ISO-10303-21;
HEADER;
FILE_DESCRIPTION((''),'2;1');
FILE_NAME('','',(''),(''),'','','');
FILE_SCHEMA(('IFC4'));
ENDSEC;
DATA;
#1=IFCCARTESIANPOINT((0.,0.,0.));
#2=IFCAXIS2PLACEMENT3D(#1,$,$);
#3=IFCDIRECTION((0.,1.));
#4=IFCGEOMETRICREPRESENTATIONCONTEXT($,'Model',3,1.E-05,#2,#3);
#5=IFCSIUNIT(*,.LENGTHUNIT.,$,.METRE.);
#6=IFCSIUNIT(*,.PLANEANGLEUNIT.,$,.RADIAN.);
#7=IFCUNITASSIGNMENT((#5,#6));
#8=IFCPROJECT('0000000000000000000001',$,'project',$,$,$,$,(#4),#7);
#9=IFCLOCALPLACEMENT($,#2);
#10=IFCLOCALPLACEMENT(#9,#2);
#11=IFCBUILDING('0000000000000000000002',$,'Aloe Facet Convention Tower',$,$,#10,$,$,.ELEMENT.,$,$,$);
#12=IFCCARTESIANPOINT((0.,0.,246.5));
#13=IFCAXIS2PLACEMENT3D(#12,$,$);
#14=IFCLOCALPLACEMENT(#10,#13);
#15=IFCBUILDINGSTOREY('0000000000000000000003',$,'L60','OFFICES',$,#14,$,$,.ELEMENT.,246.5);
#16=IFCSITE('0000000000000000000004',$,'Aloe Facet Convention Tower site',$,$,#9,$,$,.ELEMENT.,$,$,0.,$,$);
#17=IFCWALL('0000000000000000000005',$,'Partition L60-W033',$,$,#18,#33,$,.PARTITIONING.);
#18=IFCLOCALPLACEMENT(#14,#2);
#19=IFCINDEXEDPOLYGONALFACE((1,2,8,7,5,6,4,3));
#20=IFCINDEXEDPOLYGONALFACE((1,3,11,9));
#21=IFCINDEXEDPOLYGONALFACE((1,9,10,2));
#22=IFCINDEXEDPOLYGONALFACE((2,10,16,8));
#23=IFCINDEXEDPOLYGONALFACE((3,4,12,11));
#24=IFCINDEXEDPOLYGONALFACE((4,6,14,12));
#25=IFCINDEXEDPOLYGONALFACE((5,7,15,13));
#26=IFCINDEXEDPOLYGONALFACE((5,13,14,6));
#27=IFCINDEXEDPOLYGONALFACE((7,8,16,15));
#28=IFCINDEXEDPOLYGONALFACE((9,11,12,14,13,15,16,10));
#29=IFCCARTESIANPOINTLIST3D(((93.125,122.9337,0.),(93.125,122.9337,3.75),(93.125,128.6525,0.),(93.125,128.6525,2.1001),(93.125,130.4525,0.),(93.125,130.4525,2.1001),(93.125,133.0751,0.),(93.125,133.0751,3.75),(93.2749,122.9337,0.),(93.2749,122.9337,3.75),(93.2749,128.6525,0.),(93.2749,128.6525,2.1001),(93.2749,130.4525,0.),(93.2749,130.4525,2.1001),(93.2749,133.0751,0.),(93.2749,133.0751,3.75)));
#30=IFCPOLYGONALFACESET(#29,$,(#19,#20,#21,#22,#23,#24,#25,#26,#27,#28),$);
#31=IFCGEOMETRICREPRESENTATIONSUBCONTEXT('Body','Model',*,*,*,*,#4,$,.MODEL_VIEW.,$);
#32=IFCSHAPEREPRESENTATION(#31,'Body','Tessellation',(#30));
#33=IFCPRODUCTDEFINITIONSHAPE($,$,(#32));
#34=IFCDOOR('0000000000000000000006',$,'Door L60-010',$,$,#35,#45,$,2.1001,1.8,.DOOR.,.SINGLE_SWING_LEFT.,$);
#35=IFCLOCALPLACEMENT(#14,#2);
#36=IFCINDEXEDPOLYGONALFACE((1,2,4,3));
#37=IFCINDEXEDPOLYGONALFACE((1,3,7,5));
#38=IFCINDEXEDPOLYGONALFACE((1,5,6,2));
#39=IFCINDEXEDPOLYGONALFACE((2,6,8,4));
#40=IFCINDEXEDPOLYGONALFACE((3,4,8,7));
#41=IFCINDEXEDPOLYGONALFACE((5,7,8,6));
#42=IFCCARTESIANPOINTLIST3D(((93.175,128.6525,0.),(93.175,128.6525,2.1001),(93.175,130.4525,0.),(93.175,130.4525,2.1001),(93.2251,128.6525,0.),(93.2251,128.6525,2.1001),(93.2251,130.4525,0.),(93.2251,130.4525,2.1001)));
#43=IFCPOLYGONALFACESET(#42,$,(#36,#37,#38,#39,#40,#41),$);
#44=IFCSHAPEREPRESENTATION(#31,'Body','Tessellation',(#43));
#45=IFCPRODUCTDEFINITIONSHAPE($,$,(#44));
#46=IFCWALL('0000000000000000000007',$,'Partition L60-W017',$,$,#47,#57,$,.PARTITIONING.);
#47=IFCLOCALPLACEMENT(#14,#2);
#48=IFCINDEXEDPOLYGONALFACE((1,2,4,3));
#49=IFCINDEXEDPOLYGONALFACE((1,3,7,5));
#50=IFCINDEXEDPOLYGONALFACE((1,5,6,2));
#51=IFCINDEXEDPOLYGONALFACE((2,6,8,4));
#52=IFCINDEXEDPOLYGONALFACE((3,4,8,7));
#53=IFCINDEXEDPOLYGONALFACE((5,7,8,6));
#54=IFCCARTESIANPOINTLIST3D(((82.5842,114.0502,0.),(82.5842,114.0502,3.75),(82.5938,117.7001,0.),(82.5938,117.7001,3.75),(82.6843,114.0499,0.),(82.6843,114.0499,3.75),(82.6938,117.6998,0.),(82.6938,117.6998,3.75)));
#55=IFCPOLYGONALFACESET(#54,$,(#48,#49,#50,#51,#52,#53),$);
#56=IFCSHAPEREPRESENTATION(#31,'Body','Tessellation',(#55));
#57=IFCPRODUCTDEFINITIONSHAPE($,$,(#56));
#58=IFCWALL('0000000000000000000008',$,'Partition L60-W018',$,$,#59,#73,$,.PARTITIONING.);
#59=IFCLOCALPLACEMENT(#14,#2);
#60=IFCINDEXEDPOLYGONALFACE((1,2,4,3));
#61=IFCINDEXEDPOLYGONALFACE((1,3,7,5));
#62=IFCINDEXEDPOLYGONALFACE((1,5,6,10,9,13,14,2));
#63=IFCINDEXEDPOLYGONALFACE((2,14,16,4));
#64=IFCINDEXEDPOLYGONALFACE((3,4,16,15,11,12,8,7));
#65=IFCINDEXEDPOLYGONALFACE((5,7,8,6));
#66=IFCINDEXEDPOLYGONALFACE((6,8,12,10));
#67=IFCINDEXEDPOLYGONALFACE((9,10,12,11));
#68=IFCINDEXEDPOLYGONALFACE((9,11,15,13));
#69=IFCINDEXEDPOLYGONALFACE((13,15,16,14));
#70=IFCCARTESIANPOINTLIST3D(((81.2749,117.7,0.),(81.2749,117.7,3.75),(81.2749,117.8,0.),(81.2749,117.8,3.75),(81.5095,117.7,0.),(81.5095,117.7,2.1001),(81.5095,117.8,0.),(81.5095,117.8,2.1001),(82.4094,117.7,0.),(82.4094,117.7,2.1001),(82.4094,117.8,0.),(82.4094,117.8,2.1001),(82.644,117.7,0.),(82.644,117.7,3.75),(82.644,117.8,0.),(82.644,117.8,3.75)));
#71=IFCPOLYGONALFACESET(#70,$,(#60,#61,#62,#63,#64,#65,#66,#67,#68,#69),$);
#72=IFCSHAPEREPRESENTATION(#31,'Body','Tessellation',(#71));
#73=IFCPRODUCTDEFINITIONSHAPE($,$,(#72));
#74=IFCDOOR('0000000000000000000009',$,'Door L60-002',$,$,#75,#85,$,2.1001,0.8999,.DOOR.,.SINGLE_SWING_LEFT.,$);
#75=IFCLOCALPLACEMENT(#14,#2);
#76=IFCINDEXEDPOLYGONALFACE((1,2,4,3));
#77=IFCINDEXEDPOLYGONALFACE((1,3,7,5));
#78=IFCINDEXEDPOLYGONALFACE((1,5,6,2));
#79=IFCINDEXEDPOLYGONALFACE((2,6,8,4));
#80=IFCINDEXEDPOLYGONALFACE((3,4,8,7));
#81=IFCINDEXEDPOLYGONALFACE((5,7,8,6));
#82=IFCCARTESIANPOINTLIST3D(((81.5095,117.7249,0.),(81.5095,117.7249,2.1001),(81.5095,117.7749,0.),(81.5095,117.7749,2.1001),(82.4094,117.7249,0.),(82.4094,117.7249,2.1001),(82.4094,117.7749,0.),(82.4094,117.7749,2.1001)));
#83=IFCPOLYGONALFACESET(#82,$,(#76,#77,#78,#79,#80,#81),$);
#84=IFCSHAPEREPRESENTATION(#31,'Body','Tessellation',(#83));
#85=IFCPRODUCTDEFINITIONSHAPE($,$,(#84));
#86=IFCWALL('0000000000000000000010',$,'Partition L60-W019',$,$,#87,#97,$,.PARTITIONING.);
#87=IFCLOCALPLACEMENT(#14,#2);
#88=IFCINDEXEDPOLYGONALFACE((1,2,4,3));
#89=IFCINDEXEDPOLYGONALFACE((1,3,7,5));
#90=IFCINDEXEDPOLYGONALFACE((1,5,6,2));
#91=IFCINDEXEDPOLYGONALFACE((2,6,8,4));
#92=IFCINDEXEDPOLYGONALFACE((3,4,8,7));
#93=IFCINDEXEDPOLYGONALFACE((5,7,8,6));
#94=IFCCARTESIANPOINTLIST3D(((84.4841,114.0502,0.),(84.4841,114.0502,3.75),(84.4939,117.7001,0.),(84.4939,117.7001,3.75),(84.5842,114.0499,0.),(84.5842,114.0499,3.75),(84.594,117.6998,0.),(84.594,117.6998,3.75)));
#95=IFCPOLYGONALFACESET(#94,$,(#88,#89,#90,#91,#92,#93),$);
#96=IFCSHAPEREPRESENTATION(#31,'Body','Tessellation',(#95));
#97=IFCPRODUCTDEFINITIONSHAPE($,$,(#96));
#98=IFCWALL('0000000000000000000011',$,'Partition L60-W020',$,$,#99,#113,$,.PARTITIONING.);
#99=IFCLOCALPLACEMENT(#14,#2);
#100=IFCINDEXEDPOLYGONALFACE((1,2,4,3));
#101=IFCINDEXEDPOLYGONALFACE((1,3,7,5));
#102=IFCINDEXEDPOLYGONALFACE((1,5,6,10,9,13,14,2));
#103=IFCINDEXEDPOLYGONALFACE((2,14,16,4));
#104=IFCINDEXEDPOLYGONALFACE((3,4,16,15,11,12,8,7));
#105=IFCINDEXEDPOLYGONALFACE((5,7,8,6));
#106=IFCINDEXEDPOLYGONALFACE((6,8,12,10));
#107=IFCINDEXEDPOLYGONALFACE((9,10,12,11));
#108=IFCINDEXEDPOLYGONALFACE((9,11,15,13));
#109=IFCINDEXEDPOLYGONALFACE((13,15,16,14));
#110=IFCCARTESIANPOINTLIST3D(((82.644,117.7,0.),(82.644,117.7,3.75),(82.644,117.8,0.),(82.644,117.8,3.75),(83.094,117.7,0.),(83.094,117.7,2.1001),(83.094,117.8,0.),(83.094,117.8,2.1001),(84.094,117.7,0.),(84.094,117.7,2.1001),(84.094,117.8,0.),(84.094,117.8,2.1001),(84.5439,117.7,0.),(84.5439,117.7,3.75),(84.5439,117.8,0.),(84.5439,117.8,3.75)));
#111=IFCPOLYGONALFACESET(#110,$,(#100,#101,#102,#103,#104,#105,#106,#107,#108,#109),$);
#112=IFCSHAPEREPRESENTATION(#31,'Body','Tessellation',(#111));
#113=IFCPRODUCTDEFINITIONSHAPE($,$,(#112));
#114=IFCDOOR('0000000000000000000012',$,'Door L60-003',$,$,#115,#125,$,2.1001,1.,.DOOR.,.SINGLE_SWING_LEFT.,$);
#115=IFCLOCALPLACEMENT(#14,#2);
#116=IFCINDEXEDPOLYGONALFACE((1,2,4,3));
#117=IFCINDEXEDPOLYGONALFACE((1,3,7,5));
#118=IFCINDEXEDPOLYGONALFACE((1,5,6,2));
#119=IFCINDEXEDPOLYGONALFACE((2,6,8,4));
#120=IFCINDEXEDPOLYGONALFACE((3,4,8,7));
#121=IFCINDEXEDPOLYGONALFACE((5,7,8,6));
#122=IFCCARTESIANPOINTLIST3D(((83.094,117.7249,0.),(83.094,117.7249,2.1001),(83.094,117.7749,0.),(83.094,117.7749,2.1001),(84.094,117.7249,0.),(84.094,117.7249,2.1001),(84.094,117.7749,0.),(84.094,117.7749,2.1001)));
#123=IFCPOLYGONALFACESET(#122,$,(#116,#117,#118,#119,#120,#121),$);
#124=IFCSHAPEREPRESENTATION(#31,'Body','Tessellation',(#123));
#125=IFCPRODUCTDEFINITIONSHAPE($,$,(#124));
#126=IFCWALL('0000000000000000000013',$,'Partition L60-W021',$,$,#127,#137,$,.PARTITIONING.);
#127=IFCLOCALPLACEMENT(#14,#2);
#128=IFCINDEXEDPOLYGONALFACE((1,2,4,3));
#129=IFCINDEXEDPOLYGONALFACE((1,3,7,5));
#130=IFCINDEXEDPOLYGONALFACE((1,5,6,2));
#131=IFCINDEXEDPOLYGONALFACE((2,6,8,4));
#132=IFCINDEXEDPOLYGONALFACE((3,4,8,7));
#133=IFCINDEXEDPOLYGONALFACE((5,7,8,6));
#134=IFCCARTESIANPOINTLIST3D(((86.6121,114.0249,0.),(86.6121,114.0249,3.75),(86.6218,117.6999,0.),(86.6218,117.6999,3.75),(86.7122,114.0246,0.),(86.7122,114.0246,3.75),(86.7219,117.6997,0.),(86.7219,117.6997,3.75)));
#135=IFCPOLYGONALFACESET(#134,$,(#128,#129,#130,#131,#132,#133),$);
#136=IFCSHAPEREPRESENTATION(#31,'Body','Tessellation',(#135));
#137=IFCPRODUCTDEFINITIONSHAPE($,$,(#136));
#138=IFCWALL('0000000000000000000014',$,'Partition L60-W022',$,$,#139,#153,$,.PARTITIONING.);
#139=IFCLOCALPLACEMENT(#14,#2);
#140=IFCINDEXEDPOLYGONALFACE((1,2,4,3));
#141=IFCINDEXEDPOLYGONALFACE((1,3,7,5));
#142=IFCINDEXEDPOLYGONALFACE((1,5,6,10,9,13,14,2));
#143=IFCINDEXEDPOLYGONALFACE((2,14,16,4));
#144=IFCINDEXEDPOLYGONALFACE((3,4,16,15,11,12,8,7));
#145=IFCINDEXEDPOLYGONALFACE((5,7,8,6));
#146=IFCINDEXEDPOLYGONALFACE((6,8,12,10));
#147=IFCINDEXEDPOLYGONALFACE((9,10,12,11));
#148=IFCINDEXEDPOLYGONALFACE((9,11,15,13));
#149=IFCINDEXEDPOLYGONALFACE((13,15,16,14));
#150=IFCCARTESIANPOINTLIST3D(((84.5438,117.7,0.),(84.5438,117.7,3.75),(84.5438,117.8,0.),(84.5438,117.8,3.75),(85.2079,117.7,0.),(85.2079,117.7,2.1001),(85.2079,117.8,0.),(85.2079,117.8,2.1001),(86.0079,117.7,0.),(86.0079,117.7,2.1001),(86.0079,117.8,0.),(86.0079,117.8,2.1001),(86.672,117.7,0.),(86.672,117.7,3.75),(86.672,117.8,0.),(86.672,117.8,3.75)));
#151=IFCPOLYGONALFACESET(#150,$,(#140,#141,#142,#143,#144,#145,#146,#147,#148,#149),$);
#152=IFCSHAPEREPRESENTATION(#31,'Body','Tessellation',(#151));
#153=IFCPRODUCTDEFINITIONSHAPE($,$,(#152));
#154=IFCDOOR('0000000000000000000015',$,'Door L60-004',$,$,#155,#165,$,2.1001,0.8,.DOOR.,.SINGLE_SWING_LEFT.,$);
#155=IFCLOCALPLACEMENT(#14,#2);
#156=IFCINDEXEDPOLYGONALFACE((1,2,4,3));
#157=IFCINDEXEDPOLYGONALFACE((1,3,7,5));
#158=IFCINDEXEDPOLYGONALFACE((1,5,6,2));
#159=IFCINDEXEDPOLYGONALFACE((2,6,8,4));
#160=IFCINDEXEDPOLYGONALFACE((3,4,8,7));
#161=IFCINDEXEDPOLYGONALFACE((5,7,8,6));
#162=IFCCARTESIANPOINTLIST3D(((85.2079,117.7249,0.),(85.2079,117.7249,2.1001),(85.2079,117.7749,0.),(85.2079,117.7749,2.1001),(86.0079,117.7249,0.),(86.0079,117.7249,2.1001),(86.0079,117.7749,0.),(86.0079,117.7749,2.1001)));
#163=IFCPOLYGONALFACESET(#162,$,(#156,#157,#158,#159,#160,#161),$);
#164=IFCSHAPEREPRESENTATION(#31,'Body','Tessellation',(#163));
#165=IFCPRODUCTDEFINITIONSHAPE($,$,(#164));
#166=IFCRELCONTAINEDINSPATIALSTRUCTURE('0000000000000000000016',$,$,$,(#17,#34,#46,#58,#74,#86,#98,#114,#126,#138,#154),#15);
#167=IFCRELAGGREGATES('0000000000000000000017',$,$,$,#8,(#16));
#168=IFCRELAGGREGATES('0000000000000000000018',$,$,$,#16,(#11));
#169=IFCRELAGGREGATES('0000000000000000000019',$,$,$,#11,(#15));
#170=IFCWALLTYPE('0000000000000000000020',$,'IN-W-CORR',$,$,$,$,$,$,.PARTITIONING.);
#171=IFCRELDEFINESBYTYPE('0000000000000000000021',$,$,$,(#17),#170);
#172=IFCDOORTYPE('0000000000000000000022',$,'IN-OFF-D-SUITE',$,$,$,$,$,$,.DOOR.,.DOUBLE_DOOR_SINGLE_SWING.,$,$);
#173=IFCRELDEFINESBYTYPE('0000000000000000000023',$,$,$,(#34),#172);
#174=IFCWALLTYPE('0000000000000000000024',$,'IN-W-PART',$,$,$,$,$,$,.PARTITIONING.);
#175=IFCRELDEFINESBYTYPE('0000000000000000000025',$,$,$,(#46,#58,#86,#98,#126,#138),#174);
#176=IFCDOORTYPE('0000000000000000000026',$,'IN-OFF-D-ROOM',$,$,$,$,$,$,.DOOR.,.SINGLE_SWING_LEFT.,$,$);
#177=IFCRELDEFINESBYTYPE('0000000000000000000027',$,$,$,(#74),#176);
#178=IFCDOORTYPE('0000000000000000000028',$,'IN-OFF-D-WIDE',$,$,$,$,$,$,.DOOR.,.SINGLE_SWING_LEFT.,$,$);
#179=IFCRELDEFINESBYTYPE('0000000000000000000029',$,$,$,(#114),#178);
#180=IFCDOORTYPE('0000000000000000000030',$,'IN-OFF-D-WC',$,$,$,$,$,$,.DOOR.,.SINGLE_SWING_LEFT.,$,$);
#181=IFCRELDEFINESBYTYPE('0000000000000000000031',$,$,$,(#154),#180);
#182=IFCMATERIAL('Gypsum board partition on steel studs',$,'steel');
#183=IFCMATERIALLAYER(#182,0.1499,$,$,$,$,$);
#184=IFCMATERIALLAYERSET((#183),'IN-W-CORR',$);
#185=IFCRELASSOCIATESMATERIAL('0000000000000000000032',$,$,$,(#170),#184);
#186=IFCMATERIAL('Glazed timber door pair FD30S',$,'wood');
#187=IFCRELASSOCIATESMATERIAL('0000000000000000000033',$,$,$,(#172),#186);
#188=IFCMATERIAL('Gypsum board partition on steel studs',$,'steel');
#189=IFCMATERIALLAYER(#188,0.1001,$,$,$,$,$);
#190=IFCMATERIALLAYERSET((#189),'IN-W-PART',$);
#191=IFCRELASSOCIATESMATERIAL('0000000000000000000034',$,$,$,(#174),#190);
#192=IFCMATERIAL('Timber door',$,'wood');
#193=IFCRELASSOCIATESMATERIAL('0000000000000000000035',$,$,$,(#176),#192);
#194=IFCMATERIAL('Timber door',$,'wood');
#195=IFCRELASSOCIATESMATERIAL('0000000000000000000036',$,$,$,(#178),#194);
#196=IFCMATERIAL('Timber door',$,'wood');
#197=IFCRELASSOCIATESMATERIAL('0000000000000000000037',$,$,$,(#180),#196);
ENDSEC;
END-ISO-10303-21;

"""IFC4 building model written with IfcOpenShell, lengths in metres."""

from ifc_helpers import new_model, si_unit, direction, frame, frame_2d, origin, place, context, subcontext, project, spatial, rectangle, extrude, material, layer, layer_set, type_object, element, fill, save


model = new_model("IFC4")

# Units and contexts
model_context = context("Model", 3, precision=1e-05, world=origin(), true_north=direction((0.0, 1.0)))
body_context = subcontext(model_context, "Body", "Model", "MODEL_VIEW")
ifc_project = project(units=[si_unit("LENGTHUNIT", "METRE"), si_unit("PLANEANGLEUNIT", "RADIAN")], contexts=[model_context])

# Site, building, storey
site_placement = place(None, origin())
site = spatial("IfcSite", under=ifc_project, at=site_placement, Name="Aloe Facet Convention Tower site", CompositionType="ELEMENT", RefElevation=0.0)
building_placement = place(site_placement, origin())
building = spatial("IfcBuilding", under=site, at=building_placement, Name="Aloe Facet Convention Tower", CompositionType="ELEMENT")
storey_placement = place(building_placement, frame((0.0, 0.0, 246.5)))
storey = spatial("IfcBuildingStorey", under=building, at=storey_placement, Name="L60", Description="OFFICES", CompositionType="ELEMENT", Elevation=246.5)

# Shared definitions
ifc_material_1 = material(Name="Gypsum board partition on steel studs", Category="steel")
ifc_layer_1 = layer(ifc_material_1, 0.1499)
ifc_layer_set_1 = layer_set([ifc_layer_1], Name="IN-W-CORR")
wall_type_1 = type_object("IfcWallType", Name="IN-W-CORR", PredefinedType="PARTITIONING", material=ifc_layer_set_1)

# Wall, opening, door
wall_1_placement = place(storey_placement, frame((93.2, 122.9336, 0.0), z_axis=(0.0, 0.0, 1.0), x_axis=(0.0, 1.0, 0.0)))
wall_1 = element("IfcWall", 1, at=wall_1_placement, inside=storey, type_object=wall_type_1, Name="Partition L60-W033", PredefinedType="PARTITIONING", context=body_context, shape_type="SweptSolid", body=[
    extrude(rectangle(XDim=10.1414, YDim=0.1499, at=frame_2d((5.0708, 0.0))), origin(), (0.0, 0.0, 1.0), 3.75),
])
opening_1_placement = place(wall_1_placement, frame((5.719, 0.0, 0.0)))
opening_1 = element("IfcOpeningElement", 2, at=opening_1_placement, cuts=wall_1, PredefinedType="OPENING", context=body_context, shape_type="SweptSolid", body=[
    extrude(rectangle(XDim=1.8, YDim=2.1001, at=frame_2d((0.8999, 1.05))), frame((0.0, 0.085, 0.0), z_axis=(0.0, -1.0, 0.0), x_axis=(1.0, 0.0, 0.0)), (0.0, 0.0, 1.0), 0.1699),
])
ifc_material_2 = material(Name="Glazed timber door pair FD30S", Category="wood")
door_type_1 = type_object("IfcDoorType", Name="IN-OFF-D-SUITE", OperationType="DOUBLE_DOOR_SINGLE_SWING", PredefinedType="DOOR", material=ifc_material_2)
door_1_placement = place(opening_1_placement, origin())
door_1 = element("IfcDoor", 3, at=door_1_placement, inside=storey, type_object=door_type_1, Name="Door L60-010", OperationType="SINGLE_SWING_LEFT", OverallHeight=2.1001, OverallWidth=1.8, PredefinedType="DOOR", context=body_context, shape_type="SweptSolid", body=[
    extrude(rectangle(XDim=1.8, YDim=2.1001, at=frame_2d((0.8999, 1.05))), frame((0.0, 0.0249, 0.0), z_axis=(0.0, -1.0, 0.0), x_axis=(1.0, 0.0, 0.0)), (0.0, 0.0, 1.0), 0.05),
])
fill(opening_1, door_1)

# Wall
ifc_material_3 = material(Name="Gypsum board partition on steel studs", Category="steel")
ifc_layer_2 = layer(ifc_material_3, 0.1001)
ifc_layer_set_2 = layer_set([ifc_layer_2], Name="IN-W-PART")
wall_type_2 = type_object("IfcWallType", Name="IN-W-PART", PredefinedType="PARTITIONING", material=ifc_layer_set_2)
wall_2_placement = place(storey_placement, frame((82.6343, 114.05, 0.0), z_axis=(0.0, 0.0, 1.0), x_axis=(0.002609, 0.999997, 0.0)))
element("IfcWall", 4, at=wall_2_placement, inside=storey, type_object=wall_type_2, Name="Partition L60-W017", PredefinedType="PARTITIONING", context=body_context, shape_type="SweptSolid", body=[
    extrude(rectangle(XDim=3.6499, YDim=0.1001, at=frame_2d((1.825, 0.0))), origin(), (0.0, 0.0, 1.0), 3.75),
])

# Wall, opening, door
wall_3_placement = place(storey_placement, frame((81.2749, 117.75, 0.0), z_axis=(0.0, 0.0, 1.0), x_axis=(1.0, 0.0, 0.0)))
wall_3 = element("IfcWall", 5, at=wall_3_placement, inside=storey, type_object=wall_type_2, Name="Partition L60-W018", PredefinedType="PARTITIONING", context=body_context, shape_type="SweptSolid", body=[
    extrude(rectangle(XDim=1.3691, YDim=0.1001, at=frame_2d((0.6846, 0.0))), origin(), (0.0, 0.0, 1.0), 3.75),
])
opening_2_placement = place(wall_3_placement, frame((0.2346, 0.0, 0.0)))
opening_2 = element("IfcOpeningElement", 6, at=opening_2_placement, cuts=wall_3, PredefinedType="OPENING", context=body_context, shape_type="SweptSolid", body=[
    extrude(rectangle(XDim=0.8999, YDim=2.1001, at=frame_2d((0.45, 1.05))), frame((0.0, 0.0601, 0.0), z_axis=(0.0, -1.0, 0.0), x_axis=(1.0, 0.0, 0.0)), (0.0, 0.0, 1.0), 0.1201),
])
ifc_material_4 = material(Name="Timber door", Category="wood")
door_type_2 = type_object("IfcDoorType", Name="IN-OFF-D-ROOM", OperationType="SINGLE_SWING_LEFT", PredefinedType="DOOR", material=ifc_material_4)
door_2_placement = place(opening_2_placement, origin())
door_2 = element("IfcDoor", 7, at=door_2_placement, inside=storey, type_object=door_type_2, Name="Door L60-002", OperationType="SINGLE_SWING_LEFT", OverallHeight=2.1001, OverallWidth=0.8999, PredefinedType="DOOR", context=body_context, shape_type="SweptSolid", body=[
    extrude(rectangle(XDim=0.8999, YDim=2.1001, at=frame_2d((0.45, 1.05))), frame((0.0, 0.0249, 0.0), z_axis=(0.0, -1.0, 0.0), x_axis=(1.0, 0.0, 0.0)), (0.0, 0.0, 1.0), 0.05),
])
fill(opening_2, door_2)

# Wall
wall_4_placement = place(storey_placement, frame((84.5342, 114.05, 0.0), z_axis=(0.0, 0.0, 1.0), x_axis=(0.002676, 0.999996, 0.0)))
element("IfcWall", 8, at=wall_4_placement, inside=storey, type_object=wall_type_2, Name="Partition L60-W019", PredefinedType="PARTITIONING", context=body_context, shape_type="SweptSolid", body=[
    extrude(rectangle(XDim=3.6499, YDim=0.1001, at=frame_2d((1.825, 0.0))), origin(), (0.0, 0.0, 1.0), 3.75),
])

# Wall, opening, door
wall_5_placement = place(storey_placement, frame((82.644, 117.75, 0.0), z_axis=(0.0, 0.0, 1.0), x_axis=(1.0, 0.0, 0.0)))
wall_5 = element("IfcWall", 9, at=wall_5_placement, inside=storey, type_object=wall_type_2, Name="Partition L60-W020", PredefinedType="PARTITIONING", context=body_context, shape_type="SweptSolid", body=[
    extrude(rectangle(XDim=1.8999, YDim=0.1001, at=frame_2d((0.95, 0.0))), origin(), (0.0, 0.0, 1.0), 3.75),
])
opening_3_placement = place(wall_5_placement, frame((0.45, 0.0, 0.0)))
opening_3 = element("IfcOpeningElement", 10, at=opening_3_placement, cuts=wall_5, PredefinedType="OPENING", context=body_context, shape_type="SweptSolid", body=[
    extrude(rectangle(XDim=1.0, YDim=2.1001, at=frame_2d((0.5, 1.05))), frame((0.0, 0.0601, 0.0), z_axis=(0.0, -1.0, 0.0), x_axis=(1.0, 0.0, 0.0)), (0.0, 0.0, 1.0), 0.1201),
])
ifc_material_5 = material(Name="Timber door", Category="wood")
door_type_3 = type_object("IfcDoorType", Name="IN-OFF-D-WIDE", OperationType="SINGLE_SWING_LEFT", PredefinedType="DOOR", material=ifc_material_5)
door_3_placement = place(opening_3_placement, origin())
door_3 = element("IfcDoor", 11, at=door_3_placement, inside=storey, type_object=door_type_3, Name="Door L60-003", OperationType="SINGLE_SWING_LEFT", OverallHeight=2.1001, OverallWidth=1.0, PredefinedType="DOOR", context=body_context, shape_type="SweptSolid", body=[
    extrude(rectangle(XDim=1.0, YDim=2.1001, at=frame_2d((0.5, 1.05))), frame((0.0, 0.0249, 0.0), z_axis=(0.0, -1.0, 0.0), x_axis=(1.0, 0.0, 0.0)), (0.0, 0.0, 1.0), 0.05),
])
fill(opening_3, door_3)

# Wall
wall_6_placement = place(storey_placement, frame((86.6621, 114.0249, 0.0), z_axis=(0.0, 0.0, 1.0), x_axis=(0.002657, 0.999996, 0.0)))
element("IfcWall", 12, at=wall_6_placement, inside=storey, type_object=wall_type_2, Name="Partition L60-W021", PredefinedType="PARTITIONING", context=body_context, shape_type="SweptSolid", body=[
    extrude(rectangle(XDim=3.675, YDim=0.1001, at=frame_2d((1.8374, 0.0))), origin(), (0.0, 0.0, 1.0), 3.75),
])

# Wall, opening, door
wall_7_placement = place(storey_placement, frame((84.5439, 117.75, 0.0), z_axis=(0.0, 0.0, 1.0), x_axis=(1.0, 0.0, 0.0)))
wall_7 = element("IfcWall", 13, at=wall_7_placement, inside=storey, type_object=wall_type_2, Name="Partition L60-W022", PredefinedType="PARTITIONING", context=body_context, shape_type="SweptSolid", body=[
    extrude(rectangle(XDim=2.1282, YDim=0.1001, at=frame_2d((1.064, 0.0))), origin(), (0.0, 0.0, 1.0), 3.75),
])
opening_4_placement = place(wall_7_placement, frame((0.6641, 0.0, 0.0)))
opening_4 = element("IfcOpeningElement", 14, at=opening_4_placement, cuts=wall_7, PredefinedType="OPENING", context=body_context, shape_type="SweptSolid", body=[
    extrude(rectangle(XDim=0.8, YDim=2.1001, at=frame_2d((0.3999, 1.05))), frame((0.0, 0.0601, 0.0), z_axis=(0.0, -1.0, 0.0), x_axis=(1.0, 0.0, 0.0)), (0.0, 0.0, 1.0), 0.1201),
])
ifc_material_6 = material(Name="Timber door", Category="wood")
door_type_4 = type_object("IfcDoorType", Name="IN-OFF-D-WC", OperationType="SINGLE_SWING_LEFT", PredefinedType="DOOR", material=ifc_material_6)
door_4_placement = place(opening_4_placement, origin())
door_4 = element("IfcDoor", 15, at=door_4_placement, inside=storey, type_object=door_type_4, Name="Door L60-004", OperationType="SINGLE_SWING_LEFT", OverallHeight=2.1001, OverallWidth=0.8, PredefinedType="DOOR", context=body_context, shape_type="SweptSolid", body=[
    extrude(rectangle(XDim=0.8, YDim=2.1001, at=frame_2d((0.3999, 1.05))), frame((0.0, 0.0249, 0.0), z_axis=(0.0, -1.0, 0.0), x_axis=(1.0, 0.0, 0.0)), (0.0, 0.0, 1.0), 0.05),
])
fill(opening_4, door_4)

save(model, "model.ifc")
